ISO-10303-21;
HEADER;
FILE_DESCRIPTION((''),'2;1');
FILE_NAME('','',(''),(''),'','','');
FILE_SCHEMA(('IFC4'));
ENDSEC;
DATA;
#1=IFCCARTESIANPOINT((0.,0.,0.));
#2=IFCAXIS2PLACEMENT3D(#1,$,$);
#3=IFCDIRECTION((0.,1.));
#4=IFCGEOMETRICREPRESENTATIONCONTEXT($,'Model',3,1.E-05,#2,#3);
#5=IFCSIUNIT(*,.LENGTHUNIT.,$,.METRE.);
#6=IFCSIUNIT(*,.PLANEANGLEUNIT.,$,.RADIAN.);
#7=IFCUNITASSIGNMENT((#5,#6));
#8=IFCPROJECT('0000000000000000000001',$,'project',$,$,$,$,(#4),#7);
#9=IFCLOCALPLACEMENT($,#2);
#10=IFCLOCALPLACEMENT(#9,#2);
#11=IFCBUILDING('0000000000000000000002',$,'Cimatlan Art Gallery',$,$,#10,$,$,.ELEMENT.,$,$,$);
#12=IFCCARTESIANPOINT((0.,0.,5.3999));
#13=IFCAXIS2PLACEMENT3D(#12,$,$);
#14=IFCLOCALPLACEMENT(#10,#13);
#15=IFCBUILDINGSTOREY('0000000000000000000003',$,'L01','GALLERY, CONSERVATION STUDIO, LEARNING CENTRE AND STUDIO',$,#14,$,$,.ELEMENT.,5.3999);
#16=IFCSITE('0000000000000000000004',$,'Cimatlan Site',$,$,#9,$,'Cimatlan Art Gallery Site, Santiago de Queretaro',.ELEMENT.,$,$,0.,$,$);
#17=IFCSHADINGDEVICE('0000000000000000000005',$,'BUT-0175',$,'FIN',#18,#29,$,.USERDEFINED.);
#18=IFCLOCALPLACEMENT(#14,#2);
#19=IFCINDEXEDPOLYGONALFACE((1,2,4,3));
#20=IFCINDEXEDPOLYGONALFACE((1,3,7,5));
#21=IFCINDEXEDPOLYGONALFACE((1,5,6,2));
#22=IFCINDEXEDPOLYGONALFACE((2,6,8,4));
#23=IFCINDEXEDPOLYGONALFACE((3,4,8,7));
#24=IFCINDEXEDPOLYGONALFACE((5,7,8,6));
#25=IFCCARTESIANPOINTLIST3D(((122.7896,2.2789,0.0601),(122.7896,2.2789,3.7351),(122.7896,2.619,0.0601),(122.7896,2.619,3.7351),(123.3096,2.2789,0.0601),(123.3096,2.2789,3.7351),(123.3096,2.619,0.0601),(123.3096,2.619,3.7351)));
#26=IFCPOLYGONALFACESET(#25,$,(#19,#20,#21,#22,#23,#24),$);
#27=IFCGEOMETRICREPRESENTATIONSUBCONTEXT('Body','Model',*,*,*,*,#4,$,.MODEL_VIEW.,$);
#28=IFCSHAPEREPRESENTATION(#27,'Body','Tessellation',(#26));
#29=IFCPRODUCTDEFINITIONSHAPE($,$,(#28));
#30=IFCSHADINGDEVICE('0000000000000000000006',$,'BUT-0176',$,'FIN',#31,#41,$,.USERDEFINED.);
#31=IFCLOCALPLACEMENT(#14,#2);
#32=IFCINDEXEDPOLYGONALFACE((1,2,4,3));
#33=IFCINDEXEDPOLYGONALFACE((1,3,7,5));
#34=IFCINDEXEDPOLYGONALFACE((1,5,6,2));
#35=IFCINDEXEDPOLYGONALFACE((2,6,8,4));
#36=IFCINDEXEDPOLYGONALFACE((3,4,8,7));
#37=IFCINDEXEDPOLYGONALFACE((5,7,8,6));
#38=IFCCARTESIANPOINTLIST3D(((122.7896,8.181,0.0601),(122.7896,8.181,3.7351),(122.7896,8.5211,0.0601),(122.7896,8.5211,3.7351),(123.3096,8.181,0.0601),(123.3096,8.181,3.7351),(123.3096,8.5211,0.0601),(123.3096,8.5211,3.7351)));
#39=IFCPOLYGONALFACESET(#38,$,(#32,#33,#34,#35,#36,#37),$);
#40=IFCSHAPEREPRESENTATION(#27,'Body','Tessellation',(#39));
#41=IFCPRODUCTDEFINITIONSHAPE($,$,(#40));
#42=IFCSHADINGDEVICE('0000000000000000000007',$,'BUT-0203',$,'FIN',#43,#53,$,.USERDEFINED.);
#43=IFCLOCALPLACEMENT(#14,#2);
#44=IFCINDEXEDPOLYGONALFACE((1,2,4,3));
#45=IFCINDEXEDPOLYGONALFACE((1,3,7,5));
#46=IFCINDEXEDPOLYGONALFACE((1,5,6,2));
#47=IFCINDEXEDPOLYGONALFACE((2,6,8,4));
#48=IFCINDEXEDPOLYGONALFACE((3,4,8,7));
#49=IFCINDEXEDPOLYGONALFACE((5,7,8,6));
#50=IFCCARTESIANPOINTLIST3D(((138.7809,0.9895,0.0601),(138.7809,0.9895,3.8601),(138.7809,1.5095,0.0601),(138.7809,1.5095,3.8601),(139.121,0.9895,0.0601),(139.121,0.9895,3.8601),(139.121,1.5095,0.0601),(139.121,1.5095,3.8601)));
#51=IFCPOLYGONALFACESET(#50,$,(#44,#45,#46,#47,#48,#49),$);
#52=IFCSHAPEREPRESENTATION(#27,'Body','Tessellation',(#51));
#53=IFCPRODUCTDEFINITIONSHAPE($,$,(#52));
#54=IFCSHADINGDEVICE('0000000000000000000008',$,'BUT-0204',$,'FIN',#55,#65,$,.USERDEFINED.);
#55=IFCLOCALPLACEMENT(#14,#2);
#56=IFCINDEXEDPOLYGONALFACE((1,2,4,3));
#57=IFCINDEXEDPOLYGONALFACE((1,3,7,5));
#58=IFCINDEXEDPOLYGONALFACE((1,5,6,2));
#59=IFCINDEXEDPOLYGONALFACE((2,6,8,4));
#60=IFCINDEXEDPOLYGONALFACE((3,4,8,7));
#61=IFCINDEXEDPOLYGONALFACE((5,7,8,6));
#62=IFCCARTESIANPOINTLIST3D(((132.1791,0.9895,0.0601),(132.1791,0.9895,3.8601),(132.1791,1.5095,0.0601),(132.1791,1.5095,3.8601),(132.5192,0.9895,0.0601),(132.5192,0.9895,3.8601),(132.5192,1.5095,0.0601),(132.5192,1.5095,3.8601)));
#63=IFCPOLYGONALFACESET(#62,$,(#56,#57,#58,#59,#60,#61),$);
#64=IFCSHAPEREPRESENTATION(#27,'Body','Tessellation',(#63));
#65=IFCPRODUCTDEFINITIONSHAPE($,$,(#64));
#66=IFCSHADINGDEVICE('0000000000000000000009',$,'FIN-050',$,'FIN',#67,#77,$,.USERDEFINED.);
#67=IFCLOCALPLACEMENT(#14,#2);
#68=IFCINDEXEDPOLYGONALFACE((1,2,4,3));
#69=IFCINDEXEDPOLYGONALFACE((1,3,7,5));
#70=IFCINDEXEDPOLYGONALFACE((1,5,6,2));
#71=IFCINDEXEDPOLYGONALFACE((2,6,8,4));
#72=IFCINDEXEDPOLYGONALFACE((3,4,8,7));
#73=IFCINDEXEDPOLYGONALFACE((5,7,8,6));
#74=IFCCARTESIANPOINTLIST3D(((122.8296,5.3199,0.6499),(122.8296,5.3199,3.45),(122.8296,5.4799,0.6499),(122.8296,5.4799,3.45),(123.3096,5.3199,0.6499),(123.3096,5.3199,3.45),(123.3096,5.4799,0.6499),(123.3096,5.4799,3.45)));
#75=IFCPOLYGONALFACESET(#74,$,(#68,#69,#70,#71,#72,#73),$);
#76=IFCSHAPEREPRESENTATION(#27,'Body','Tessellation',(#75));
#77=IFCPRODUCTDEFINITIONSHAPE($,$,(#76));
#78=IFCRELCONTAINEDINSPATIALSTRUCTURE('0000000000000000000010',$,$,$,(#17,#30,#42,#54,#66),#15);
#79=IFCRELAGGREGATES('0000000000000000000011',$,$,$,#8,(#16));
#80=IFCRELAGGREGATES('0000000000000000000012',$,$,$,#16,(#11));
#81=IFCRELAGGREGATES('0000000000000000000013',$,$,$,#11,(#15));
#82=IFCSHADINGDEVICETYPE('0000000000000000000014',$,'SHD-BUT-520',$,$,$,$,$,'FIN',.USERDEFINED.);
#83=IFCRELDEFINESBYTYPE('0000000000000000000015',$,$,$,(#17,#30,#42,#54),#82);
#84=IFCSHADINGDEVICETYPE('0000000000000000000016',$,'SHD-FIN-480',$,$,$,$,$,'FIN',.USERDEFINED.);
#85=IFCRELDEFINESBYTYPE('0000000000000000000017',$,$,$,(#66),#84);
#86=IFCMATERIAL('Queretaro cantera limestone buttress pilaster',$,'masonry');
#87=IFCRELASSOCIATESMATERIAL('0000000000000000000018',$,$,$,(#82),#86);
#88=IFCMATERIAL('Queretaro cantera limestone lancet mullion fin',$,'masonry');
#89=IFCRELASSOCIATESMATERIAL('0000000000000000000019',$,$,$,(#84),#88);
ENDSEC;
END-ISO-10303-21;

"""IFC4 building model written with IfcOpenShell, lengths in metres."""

from ifc_helpers import new_model, si_unit, direction, frame, origin, origin_2d, place, context, subcontext, project, spatial, rectangle, extrude, material, type_object, element, save


model = new_model("IFC4")

# Units and contexts
model_context = context("Model", 3, precision=1e-05, world=origin(), true_north=direction((0.0, 1.0)))
body_context = subcontext(model_context, "Body", "Model", "MODEL_VIEW")
ifc_project = project(units=[si_unit("LENGTHUNIT", "METRE"), si_unit("PLANEANGLEUNIT", "RADIAN")], contexts=[model_context])

# Site, building, storey
site_placement = place(None, origin())
site = spatial("IfcSite", under=ifc_project, at=site_placement, Name="Cimatlan Site", LongName="Cimatlan Art Gallery Site, Santiago de Queretaro", CompositionType="ELEMENT", RefElevation=0.0)
building_placement = place(site_placement, origin())
building = spatial("IfcBuilding", under=site, at=building_placement, Name="Cimatlan Art Gallery", CompositionType="ELEMENT")
storey_placement = place(building_placement, frame((0.0, 0.0, 5.3999)))
storey = spatial("IfcBuildingStorey", under=building, at=storey_placement, Name="L01", Description="GALLERY, CONSERVATION STUDIO, LEARNING CENTRE AND STUDIO", CompositionType="ELEMENT", Elevation=5.3999)

# Shading devices
ifc_material_1 = material(Name="Queretaro cantera limestone buttress pilaster", Category="masonry")
shading_device_type_1 = type_object("IfcShadingDeviceType", Name="SHD-BUT-520", ElementType="FIN", PredefinedType="USERDEFINED", material=ifc_material_1)
for number, where, z_axis, x_axis, name in (
    (1, (123.0496, 2.449, 0.0601), (0.0, 0.0, 1.0), (0.0, 1.0, 0.0), "BUT-0175"),
    (2, (123.0496, 8.3511, 0.0601), (0.0, 0.0, 1.0), (0.0, 1.0, 0.0), "BUT-0176"),
):
    element("IfcShadingDevice", number, at=place(storey_placement, frame(where, z_axis=z_axis, x_axis=x_axis)), inside=storey, type_object=shading_device_type_1, Name=name, ObjectType="FIN", PredefinedType="USERDEFINED", context=body_context, shape_type="SweptSolid", body=[
        extrude(rectangle(XDim=0.3401, YDim=0.52, at=origin_2d()), origin(), (0.0, 0.0, 1.0), 3.675),
    ])
for number, where, z_axis, x_axis, name in (
    (3, (138.9509, 1.2495, 0.0601), (0.0, 0.0, 1.0), (-1.0, 0.0, 0.0), "BUT-0203"),
    (4, (132.3491, 1.2495, 0.0601), (0.0, 0.0, 1.0), (-1.0, 0.0, 0.0), "BUT-0204"),
):
    element("IfcShadingDevice", number, at=place(storey_placement, frame(where, z_axis=z_axis, x_axis=x_axis)), inside=storey, type_object=shading_device_type_1, Name=name, ObjectType="FIN", PredefinedType="USERDEFINED", context=body_context, shape_type="SweptSolid", body=[
        extrude(rectangle(XDim=0.3401, YDim=0.52, at=origin_2d()), origin(), (0.0, 0.0, 1.0), 3.8),
    ])
ifc_material_2 = material(Name="Queretaro cantera limestone lancet mullion fin", Category="masonry")
shading_device_type_2 = type_object("IfcShadingDeviceType", Name="SHD-FIN-480", ElementType="FIN", PredefinedType="USERDEFINED", material=ifc_material_2)
shading_device_placement = place(storey_placement, frame((123.0696, 5.3999, 0.6499), z_axis=(0.0, 0.0, 1.0), x_axis=(0.0, 1.0, 0.0)))
element("IfcShadingDevice", 5, at=shading_device_placement, inside=storey, type_object=shading_device_type_2, Name="FIN-050", ObjectType="FIN", PredefinedType="USERDEFINED", context=body_context, shape_type="SweptSolid", body=[
    extrude(rectangle(XDim=0.1599, YDim=0.48, at=origin_2d()), origin(), (0.0, 0.0, 1.0), 2.8),
])

save(model, "model.ifc")
